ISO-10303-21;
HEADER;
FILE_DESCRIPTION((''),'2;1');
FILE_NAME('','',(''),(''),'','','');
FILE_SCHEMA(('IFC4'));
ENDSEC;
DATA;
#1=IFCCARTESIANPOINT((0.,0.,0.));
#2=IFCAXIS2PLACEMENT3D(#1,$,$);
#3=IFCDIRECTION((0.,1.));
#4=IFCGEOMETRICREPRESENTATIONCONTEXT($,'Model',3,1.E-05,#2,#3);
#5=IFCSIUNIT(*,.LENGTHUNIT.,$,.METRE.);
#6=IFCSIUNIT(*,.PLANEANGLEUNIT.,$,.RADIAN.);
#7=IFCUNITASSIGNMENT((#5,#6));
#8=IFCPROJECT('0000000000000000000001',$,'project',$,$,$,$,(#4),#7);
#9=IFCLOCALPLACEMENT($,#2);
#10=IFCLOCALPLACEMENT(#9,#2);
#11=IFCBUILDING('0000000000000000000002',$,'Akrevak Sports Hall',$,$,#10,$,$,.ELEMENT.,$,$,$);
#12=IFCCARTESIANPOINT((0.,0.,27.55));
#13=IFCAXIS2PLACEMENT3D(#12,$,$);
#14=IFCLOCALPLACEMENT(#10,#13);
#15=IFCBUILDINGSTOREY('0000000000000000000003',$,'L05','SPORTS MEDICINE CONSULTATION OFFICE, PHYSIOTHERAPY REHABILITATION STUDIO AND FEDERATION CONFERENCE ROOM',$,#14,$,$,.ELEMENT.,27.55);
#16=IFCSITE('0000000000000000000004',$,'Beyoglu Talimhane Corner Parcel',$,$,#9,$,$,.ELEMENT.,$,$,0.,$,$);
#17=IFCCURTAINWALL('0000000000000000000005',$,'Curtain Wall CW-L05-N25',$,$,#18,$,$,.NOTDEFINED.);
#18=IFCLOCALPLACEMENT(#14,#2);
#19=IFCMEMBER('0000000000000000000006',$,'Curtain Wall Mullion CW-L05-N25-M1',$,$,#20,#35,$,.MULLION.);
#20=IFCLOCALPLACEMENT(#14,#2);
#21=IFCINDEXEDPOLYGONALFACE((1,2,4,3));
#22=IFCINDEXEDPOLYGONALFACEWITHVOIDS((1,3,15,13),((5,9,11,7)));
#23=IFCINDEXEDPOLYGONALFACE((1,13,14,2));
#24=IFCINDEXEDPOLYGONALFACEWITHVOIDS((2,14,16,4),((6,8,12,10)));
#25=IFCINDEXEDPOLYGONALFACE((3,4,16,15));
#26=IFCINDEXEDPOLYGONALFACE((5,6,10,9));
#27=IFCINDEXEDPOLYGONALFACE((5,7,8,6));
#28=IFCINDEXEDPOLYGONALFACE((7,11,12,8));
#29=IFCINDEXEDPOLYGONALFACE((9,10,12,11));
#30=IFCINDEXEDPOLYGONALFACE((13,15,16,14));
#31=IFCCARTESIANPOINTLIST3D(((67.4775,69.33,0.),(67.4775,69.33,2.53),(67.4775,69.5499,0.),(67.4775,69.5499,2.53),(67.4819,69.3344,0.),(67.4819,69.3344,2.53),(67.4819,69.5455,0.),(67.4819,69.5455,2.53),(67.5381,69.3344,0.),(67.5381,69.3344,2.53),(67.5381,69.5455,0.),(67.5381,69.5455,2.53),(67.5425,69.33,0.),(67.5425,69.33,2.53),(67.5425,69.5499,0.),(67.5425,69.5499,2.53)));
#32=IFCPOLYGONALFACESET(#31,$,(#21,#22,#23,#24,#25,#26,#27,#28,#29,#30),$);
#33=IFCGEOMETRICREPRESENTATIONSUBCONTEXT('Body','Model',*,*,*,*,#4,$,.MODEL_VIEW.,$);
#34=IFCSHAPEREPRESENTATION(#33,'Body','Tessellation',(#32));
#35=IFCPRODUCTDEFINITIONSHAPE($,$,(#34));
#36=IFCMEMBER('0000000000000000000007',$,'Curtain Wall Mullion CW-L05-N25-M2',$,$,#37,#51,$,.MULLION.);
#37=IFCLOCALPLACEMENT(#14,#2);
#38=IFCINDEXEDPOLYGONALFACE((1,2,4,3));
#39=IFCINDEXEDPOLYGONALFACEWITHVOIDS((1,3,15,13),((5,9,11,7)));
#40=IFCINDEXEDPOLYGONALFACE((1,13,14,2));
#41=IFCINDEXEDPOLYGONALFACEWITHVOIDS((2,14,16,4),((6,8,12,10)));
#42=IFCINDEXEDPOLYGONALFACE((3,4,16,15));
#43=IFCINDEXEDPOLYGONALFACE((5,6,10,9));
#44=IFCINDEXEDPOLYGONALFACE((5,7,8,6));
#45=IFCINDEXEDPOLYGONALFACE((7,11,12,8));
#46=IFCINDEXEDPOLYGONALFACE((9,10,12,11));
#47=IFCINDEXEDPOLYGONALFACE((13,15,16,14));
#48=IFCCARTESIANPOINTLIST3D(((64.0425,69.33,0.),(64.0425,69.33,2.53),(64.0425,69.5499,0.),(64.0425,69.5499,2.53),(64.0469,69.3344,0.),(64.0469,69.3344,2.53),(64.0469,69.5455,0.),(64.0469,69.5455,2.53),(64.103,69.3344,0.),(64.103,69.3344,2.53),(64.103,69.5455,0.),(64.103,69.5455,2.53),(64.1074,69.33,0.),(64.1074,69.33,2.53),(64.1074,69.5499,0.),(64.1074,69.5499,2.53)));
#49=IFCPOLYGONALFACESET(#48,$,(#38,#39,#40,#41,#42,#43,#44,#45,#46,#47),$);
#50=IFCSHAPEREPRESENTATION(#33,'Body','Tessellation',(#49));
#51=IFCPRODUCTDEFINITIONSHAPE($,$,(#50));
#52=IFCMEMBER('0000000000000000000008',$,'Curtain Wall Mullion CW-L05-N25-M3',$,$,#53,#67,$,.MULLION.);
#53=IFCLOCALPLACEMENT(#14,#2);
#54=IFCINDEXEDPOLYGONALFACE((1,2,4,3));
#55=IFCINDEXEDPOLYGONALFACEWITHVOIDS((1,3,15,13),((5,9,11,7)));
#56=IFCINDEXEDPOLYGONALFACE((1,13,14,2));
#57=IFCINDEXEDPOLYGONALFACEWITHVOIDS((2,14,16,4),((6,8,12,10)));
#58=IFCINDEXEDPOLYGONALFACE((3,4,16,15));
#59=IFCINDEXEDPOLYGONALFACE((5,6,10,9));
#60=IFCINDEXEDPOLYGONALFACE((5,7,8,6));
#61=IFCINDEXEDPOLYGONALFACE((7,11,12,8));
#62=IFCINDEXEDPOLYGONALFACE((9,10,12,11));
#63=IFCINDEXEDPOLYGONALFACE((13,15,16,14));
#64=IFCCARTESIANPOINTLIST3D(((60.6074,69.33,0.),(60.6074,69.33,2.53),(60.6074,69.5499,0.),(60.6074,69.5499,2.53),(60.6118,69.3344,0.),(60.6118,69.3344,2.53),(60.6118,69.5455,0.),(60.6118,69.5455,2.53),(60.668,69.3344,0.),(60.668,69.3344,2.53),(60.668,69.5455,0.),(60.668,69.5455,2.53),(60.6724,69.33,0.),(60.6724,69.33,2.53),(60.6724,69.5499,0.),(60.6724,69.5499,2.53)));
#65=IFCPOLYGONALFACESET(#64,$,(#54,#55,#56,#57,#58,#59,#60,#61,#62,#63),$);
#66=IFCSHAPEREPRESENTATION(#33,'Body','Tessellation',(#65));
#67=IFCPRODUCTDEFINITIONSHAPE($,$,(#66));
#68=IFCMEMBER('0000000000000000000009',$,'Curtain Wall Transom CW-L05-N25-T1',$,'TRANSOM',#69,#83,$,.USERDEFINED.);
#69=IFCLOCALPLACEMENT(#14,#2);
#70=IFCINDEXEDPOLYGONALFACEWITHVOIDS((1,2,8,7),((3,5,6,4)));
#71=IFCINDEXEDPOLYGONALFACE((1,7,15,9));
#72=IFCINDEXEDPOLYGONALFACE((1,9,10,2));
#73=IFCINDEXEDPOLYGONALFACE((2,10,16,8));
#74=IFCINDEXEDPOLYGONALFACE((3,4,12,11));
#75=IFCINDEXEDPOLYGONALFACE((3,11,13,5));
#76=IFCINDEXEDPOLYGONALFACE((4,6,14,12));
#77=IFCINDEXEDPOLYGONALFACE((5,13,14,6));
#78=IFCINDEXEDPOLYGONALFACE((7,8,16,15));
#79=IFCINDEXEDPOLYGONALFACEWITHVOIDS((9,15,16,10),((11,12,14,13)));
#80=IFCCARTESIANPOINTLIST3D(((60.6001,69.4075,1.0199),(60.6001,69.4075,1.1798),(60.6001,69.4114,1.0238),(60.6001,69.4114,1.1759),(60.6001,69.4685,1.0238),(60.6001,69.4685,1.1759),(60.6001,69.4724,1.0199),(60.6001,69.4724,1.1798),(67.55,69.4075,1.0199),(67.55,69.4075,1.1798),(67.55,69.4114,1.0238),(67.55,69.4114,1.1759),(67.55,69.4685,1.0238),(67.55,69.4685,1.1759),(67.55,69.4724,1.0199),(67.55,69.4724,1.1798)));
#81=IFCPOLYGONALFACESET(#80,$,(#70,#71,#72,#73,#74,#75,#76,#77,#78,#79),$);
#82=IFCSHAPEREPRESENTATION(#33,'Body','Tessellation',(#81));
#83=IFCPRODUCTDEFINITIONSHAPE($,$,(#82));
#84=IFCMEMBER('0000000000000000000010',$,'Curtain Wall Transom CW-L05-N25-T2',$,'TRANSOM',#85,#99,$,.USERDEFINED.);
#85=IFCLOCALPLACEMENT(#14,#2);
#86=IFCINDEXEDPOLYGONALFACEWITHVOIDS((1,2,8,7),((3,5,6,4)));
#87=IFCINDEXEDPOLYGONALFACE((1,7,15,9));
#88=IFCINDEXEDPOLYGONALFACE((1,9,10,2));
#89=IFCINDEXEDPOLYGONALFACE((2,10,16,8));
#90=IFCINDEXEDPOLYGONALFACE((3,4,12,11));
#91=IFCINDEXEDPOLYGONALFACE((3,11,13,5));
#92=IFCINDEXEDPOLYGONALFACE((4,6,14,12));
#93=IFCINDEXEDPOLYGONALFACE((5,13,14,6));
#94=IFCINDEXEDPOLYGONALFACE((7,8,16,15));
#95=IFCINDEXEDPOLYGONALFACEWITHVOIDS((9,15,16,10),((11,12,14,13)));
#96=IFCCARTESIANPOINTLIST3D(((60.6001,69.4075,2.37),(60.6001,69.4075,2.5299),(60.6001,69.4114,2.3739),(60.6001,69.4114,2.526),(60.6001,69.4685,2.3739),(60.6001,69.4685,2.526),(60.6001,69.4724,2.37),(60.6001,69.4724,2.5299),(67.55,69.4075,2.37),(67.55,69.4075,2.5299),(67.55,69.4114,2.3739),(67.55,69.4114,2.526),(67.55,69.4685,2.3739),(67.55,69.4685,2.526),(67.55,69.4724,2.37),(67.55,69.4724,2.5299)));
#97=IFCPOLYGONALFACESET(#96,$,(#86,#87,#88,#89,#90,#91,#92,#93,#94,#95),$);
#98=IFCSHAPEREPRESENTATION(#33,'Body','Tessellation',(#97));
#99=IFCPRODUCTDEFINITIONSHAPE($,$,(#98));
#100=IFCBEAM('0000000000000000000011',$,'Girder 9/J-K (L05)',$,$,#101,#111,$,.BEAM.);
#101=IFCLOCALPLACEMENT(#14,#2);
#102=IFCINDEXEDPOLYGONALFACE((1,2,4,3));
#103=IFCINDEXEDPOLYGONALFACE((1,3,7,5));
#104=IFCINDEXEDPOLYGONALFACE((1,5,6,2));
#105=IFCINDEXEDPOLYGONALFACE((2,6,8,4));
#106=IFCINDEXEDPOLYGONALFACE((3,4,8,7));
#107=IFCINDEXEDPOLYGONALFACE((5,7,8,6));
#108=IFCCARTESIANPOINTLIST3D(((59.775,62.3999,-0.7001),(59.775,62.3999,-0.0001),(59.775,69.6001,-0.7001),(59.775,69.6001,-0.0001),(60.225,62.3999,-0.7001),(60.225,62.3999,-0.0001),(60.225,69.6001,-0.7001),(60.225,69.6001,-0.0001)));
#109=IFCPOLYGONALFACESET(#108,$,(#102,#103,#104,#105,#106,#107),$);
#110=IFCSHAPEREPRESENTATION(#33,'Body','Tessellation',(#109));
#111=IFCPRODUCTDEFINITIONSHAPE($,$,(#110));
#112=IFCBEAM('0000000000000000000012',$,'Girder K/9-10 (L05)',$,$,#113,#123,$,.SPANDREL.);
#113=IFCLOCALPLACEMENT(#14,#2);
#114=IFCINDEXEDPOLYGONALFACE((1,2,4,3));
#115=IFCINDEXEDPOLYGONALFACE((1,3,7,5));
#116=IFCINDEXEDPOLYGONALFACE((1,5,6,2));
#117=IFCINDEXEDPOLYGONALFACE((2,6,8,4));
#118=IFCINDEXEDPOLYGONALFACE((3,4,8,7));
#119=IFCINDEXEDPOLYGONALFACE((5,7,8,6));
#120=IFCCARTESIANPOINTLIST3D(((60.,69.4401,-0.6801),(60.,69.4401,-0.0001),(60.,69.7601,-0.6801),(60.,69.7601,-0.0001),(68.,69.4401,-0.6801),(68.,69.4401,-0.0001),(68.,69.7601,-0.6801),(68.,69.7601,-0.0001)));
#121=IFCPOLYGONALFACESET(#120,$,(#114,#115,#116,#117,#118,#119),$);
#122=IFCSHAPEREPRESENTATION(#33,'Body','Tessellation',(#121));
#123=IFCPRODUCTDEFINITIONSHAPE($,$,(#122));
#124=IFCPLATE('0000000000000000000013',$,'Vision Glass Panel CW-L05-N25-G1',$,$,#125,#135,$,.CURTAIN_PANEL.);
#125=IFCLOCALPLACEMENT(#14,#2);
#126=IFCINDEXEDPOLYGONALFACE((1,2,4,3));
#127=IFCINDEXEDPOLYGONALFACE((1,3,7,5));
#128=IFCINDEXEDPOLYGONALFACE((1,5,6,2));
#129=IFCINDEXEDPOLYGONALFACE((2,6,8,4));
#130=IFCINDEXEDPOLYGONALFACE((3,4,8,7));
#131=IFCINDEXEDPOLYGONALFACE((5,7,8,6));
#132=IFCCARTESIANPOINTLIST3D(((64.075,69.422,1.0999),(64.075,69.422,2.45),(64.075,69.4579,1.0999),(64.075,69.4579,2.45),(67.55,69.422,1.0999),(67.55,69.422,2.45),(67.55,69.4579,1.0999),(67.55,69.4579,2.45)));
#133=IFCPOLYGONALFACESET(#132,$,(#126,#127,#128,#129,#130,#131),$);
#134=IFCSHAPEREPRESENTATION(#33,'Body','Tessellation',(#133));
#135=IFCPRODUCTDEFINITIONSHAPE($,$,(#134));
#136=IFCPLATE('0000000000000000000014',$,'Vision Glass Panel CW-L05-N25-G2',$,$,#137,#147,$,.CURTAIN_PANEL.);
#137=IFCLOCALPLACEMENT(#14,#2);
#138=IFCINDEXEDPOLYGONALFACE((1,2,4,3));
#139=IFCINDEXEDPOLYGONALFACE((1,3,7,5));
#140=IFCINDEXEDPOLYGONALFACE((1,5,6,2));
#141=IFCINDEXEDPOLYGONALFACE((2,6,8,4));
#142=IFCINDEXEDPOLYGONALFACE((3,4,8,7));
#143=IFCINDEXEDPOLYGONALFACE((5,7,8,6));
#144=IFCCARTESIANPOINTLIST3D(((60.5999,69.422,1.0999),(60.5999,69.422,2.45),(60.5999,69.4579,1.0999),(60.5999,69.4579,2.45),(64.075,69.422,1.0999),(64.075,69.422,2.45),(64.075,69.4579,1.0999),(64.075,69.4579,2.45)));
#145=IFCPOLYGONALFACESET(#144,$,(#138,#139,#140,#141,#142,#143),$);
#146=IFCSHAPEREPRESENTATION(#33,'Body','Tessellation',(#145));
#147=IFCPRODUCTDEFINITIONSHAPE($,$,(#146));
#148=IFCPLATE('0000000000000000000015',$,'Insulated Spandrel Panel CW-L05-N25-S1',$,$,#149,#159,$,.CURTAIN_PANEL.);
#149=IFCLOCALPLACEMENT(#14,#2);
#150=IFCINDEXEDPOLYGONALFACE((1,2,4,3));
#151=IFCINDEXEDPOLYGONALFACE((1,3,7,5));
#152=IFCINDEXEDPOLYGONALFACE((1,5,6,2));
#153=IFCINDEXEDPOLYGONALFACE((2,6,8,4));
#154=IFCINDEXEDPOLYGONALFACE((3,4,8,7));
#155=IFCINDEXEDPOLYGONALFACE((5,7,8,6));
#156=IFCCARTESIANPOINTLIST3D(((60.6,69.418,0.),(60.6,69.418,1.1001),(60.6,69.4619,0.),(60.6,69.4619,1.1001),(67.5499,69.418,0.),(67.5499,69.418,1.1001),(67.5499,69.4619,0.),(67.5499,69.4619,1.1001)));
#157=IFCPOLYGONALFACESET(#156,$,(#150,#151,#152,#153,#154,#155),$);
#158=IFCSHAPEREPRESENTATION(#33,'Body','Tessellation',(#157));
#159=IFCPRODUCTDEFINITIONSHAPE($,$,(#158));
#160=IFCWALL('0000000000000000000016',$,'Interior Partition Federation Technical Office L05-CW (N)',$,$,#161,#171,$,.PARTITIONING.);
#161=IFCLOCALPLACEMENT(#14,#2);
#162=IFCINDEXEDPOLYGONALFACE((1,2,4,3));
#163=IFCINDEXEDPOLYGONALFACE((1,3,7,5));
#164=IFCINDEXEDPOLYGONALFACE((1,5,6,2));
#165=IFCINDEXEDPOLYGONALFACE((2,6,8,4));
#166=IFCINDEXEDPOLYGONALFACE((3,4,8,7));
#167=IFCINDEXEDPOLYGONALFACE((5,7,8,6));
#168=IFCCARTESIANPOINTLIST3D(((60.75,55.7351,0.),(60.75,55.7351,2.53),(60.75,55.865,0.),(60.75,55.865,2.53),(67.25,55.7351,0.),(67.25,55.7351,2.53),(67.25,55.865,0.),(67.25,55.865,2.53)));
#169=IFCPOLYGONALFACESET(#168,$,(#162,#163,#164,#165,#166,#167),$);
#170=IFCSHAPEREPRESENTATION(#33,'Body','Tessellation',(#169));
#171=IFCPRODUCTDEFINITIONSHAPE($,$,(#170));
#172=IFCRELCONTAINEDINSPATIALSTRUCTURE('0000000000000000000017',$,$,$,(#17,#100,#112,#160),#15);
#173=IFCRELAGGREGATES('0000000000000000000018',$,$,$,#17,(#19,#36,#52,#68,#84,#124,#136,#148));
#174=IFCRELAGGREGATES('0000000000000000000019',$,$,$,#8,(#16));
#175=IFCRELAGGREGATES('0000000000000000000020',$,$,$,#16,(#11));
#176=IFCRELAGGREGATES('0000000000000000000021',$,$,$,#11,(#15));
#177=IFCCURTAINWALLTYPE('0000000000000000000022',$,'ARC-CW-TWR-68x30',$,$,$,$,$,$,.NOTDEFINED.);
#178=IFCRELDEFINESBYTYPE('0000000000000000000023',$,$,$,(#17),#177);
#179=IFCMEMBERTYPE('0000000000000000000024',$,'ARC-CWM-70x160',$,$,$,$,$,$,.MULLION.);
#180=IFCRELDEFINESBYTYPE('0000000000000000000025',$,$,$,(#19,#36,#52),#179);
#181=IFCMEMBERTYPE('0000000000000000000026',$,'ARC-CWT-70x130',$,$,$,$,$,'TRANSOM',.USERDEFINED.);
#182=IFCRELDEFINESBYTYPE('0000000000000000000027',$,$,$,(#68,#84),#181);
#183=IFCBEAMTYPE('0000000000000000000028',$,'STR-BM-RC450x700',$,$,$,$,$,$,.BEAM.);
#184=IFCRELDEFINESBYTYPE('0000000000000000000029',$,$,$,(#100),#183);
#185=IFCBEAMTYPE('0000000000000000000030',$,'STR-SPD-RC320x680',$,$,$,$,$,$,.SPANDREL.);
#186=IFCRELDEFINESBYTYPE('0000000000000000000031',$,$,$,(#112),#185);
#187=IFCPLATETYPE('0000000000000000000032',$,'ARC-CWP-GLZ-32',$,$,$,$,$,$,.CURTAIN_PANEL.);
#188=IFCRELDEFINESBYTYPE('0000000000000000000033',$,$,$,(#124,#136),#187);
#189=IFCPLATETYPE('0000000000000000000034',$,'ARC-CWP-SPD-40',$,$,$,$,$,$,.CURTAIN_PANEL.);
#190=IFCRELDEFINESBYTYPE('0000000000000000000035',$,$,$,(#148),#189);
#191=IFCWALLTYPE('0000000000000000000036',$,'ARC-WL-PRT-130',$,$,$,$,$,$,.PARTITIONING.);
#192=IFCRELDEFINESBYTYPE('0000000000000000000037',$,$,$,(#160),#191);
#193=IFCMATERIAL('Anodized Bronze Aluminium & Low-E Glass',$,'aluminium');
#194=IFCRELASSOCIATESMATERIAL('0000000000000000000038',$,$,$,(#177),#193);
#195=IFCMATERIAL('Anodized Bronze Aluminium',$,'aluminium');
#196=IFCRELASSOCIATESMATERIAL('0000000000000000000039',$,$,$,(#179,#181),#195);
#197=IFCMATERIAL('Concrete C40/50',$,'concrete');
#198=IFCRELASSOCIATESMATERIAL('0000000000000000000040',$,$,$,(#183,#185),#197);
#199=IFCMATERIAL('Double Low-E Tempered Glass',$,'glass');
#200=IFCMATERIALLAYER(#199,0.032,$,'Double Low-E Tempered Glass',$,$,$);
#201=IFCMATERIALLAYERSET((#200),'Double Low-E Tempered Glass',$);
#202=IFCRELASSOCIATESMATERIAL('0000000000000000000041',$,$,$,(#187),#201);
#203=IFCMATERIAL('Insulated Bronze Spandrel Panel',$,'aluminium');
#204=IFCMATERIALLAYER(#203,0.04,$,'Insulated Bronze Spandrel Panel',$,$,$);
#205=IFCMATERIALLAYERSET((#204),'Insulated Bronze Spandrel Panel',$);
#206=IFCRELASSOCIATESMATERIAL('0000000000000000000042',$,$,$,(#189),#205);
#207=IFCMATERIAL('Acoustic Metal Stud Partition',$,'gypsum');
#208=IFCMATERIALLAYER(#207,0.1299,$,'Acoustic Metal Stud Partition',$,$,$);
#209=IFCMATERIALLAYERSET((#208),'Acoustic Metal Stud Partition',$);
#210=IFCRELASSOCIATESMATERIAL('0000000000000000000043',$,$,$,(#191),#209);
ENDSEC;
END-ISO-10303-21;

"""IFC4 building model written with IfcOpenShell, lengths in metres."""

from ifc_helpers import new_model, si_unit, direction, frame, frame_2d, origin, origin_2d, place, context, subcontext, project, spatial, rectangle, hollow_rectangle, extrude, material, layer, layer_set, material_profile, profile_set, type_object, element, aggregate, save


model = new_model("IFC4")

# Units and contexts
model_context = context("Model", 3, precision=1e-05, world=origin(), true_north=direction((0.0, 1.0)))
body_context = subcontext(model_context, "Body", "Model", "MODEL_VIEW")
ifc_project = project(units=[si_unit("LENGTHUNIT", "METRE"), si_unit("PLANEANGLEUNIT", "RADIAN")], contexts=[model_context])

# Site, building, storey
site_placement = place(None, origin())
site = spatial("IfcSite", under=ifc_project, at=site_placement, Name="Beyoglu Talimhane Corner Parcel", CompositionType="ELEMENT", RefElevation=0.0)
building_placement = place(site_placement, origin())
building = spatial("IfcBuilding", under=site, at=building_placement, Name="Akrevak Sports Hall", CompositionType="ELEMENT")
storey_placement = place(building_placement, frame((0.0, 0.0, 27.55)))
storey = spatial("IfcBuildingStorey", under=building, at=storey_placement, Name="L05", Description="SPORTS MEDICINE CONSULTATION OFFICE, PHYSIOTHERAPY REHABILITATION STUDIO AND FEDERATION CONFERENCE ROOM", CompositionType="ELEMENT", Elevation=27.55)

# Curtain wall, members
ifc_material_1 = material(Name="Anodized Bronze Aluminium & Low-E Glass", Category="aluminium")
curtain_wall_type = type_object("IfcCurtainWallType", Name="ARC-CW-TWR-68x30", PredefinedType="NOTDEFINED", material=ifc_material_1)
curtain_wall_placement = place(storey_placement, origin())
curtain_wall = element("IfcCurtainWall", 1, at=curtain_wall_placement, inside=storey, type_object=curtain_wall_type, Name="Curtain Wall CW-L05-N25", PredefinedType="NOTDEFINED")
ifc_material_2 = material(Name="Anodized Bronze Aluminium", Category="aluminium")
ifc_material_profile_1 = material_profile(ifc_material_2, hollow_rectangle(XDim=0.0649, YDim=0.22, WallThickness=0.0044, at=origin_2d()), Name="CWM 65x220", Category="aluminium")
ifc_profile_set_1 = profile_set([ifc_material_profile_1], Name="Anodized Bronze Aluminium")
member_type_1 = type_object("IfcMemberType", Name="ARC-CWM-70x160", PredefinedType="MULLION", material=ifc_profile_set_1)
member_1_placement = place(storey_placement, frame((67.51, 69.4399, 0.0), z_axis=(0.0, 0.0, 1.0), x_axis=(-1.0, 0.0, 0.0)))
member_1 = element("IfcMember", 2, at=member_1_placement, type_object=member_type_1, Name="Curtain Wall Mullion CW-L05-N25-M1", PredefinedType="MULLION", context=body_context, shape_type="SweptSolid", body=[
    extrude(hollow_rectangle(XDim=0.0649, YDim=0.22, WallThickness=0.0044, at=origin_2d()), origin(), (0.0, 0.0, 1.0), 2.53),
])
member_2_placement = place(storey_placement, frame((64.075, 69.4399, 0.0), z_axis=(0.0, 0.0, 1.0), x_axis=(-1.0, 0.0, 0.0)))
member_2 = element("IfcMember", 3, at=member_2_placement, type_object=member_type_1, Name="Curtain Wall Mullion CW-L05-N25-M2", PredefinedType="MULLION", context=body_context, shape_type="SweptSolid", body=[
    extrude(hollow_rectangle(XDim=0.0649, YDim=0.22, WallThickness=0.0044, at=origin_2d()), origin(), (0.0, 0.0, 1.0), 2.53),
])
member_3_placement = place(storey_placement, frame((60.6399, 69.4399, 0.0), z_axis=(0.0, 0.0, 1.0), x_axis=(-1.0, 0.0, 0.0)))
member_3 = element("IfcMember", 4, at=member_3_placement, type_object=member_type_1, Name="Curtain Wall Mullion CW-L05-N25-M3", PredefinedType="MULLION", context=body_context, shape_type="SweptSolid", body=[
    extrude(hollow_rectangle(XDim=0.0649, YDim=0.22, WallThickness=0.0044, at=origin_2d()), origin(), (0.0, 0.0, 1.0), 2.53),
])
ifc_material_profile_2 = material_profile(ifc_material_2, hollow_rectangle(XDim=0.0649, YDim=0.1599, WallThickness=0.0039, at=origin_2d()), Name="CWT 65x160", Category="aluminium")
ifc_profile_set_2 = profile_set([ifc_material_profile_2], Name="Anodized Bronze Aluminium")
member_type_2 = type_object("IfcMemberType", Name="ARC-CWT-70x130", ElementType="TRANSOM", PredefinedType="USERDEFINED", material=ifc_profile_set_2)
member_4_placement = place(storey_placement, frame((67.55, 69.4399, 1.0999), z_axis=(-1.0, 0.0, 0.0), x_axis=(0.0, -1.0, 0.0)))
member_4 = element("IfcMember", 5, at=member_4_placement, type_object=member_type_2, Name="Curtain Wall Transom CW-L05-N25-T1", ObjectType="TRANSOM", PredefinedType="USERDEFINED", context=body_context, shape_type="SweptSolid", body=[
    extrude(hollow_rectangle(XDim=0.0649, YDim=0.1599, WallThickness=0.0039, at=origin_2d()), origin(), (0.0, 0.0, 1.0), 6.95),
])
member_5_placement = place(storey_placement, frame((67.55, 69.4399, 2.45), z_axis=(-1.0, 0.0, 0.0), x_axis=(0.0, -1.0, 0.0)))
member_5 = element("IfcMember", 6, at=member_5_placement, type_object=member_type_2, Name="Curtain Wall Transom CW-L05-N25-T2", ObjectType="TRANSOM", PredefinedType="USERDEFINED", context=body_context, shape_type="SweptSolid", body=[
    extrude(hollow_rectangle(XDim=0.0649, YDim=0.1599, WallThickness=0.0039, at=origin_2d()), origin(), (0.0, 0.0, 1.0), 6.95),
])

# Beams
ifc_material_3 = material(Name="Concrete C40/50", Category="concrete")
ifc_material_profile_3 = material_profile(ifc_material_3, rectangle(XDim=0.45, YDim=0.7, at=origin_2d()), Name="BM 450x700", Category="concrete")
ifc_profile_set_3 = profile_set([ifc_material_profile_3], Name="Concrete C40/50")
beam_type_1 = type_object("IfcBeamType", Name="STR-BM-RC450x700", PredefinedType="BEAM", material=ifc_profile_set_3)
beam_1_placement = place(storey_placement, frame((60.0, 62.3999, -0.3501), z_axis=(0.0, 1.0, 0.0), x_axis=(-1.0, 0.0, 0.0)))
element("IfcBeam", 7, at=beam_1_placement, inside=storey, type_object=beam_type_1, Name="Girder 9/J-K (L05)", PredefinedType="BEAM", context=body_context, shape_type="SweptSolid", body=[
    extrude(rectangle(XDim=0.45, YDim=0.7, at=origin_2d()), origin(), (0.0, 0.0, 1.0), 7.2002),
])
ifc_material_profile_4 = material_profile(ifc_material_3, rectangle(XDim=0.3201, YDim=0.6799, at=origin_2d()), Name="SPD 320x680", Category="concrete")
ifc_profile_set_4 = profile_set([ifc_material_profile_4], Name="Concrete C40/50")
beam_type_2 = type_object("IfcBeamType", Name="STR-SPD-RC320x680", PredefinedType="SPANDREL", material=ifc_profile_set_4)
beam_2_placement = place(storey_placement, frame((60.0, 69.6001, -0.3401), z_axis=(1.0, 0.0, 0.0), x_axis=(0.0, 1.0, 0.0)))
element("IfcBeam", 8, at=beam_2_placement, inside=storey, type_object=beam_type_2, Name="Girder K/9-10 (L05)", PredefinedType="SPANDREL", context=body_context, shape_type="SweptSolid", body=[
    extrude(rectangle(XDim=0.3201, YDim=0.6799, at=origin_2d()), origin(), (0.0, 0.0, 1.0), 8.0),
])

# Plates
ifc_material_4 = material(Name="Double Low-E Tempered Glass", Category="glass")
ifc_layer_1 = layer(ifc_material_4, 0.032, Name="Double Low-E Tempered Glass")
ifc_layer_set_1 = layer_set([ifc_layer_1], Name="Double Low-E Tempered Glass")
plate_type_1 = type_object("IfcPlateType", Name="ARC-CWP-GLZ-32", PredefinedType="CURTAIN_PANEL", material=ifc_layer_set_1)
plate_1_placement = place(storey_placement, frame((65.8125, 69.4399, 1.0999), z_axis=(0.0, 0.0, 1.0), x_axis=(-1.0, 0.0, 0.0)))
plate_1 = element("IfcPlate", 9, at=plate_1_placement, type_object=plate_type_1, Name="Vision Glass Panel CW-L05-N25-G1", PredefinedType="CURTAIN_PANEL", context=body_context, shape_type="SweptSolid", body=[
    extrude(rectangle(XDim=3.4751, YDim=0.0359, at=origin_2d()), origin(), (0.0, 0.0, 1.0), 1.3501),
])
plate_2_placement = place(storey_placement, frame((62.3374, 69.4399, 1.0999), z_axis=(0.0, 0.0, 1.0), x_axis=(-1.0, 0.0, 0.0)))
plate_2 = element("IfcPlate", 10, at=plate_2_placement, type_object=plate_type_1, Name="Vision Glass Panel CW-L05-N25-G2", PredefinedType="CURTAIN_PANEL", context=body_context, shape_type="SweptSolid", body=[
    extrude(rectangle(XDim=3.4751, YDim=0.0359, at=origin_2d()), origin(), (0.0, 0.0, 1.0), 1.3501),
])
ifc_material_5 = material(Name="Insulated Bronze Spandrel Panel", Category="aluminium")
ifc_layer_2 = layer(ifc_material_5, 0.04, Name="Insulated Bronze Spandrel Panel")
ifc_layer_set_2 = layer_set([ifc_layer_2], Name="Insulated Bronze Spandrel Panel")
plate_type_2 = type_object("IfcPlateType", Name="ARC-CWP-SPD-40", PredefinedType="CURTAIN_PANEL", material=ifc_layer_set_2)
plate_3_placement = place(storey_placement, frame((64.075, 69.4399, 0.0), z_axis=(0.0, 0.0, 1.0), x_axis=(-1.0, 0.0, 0.0)))
plate_3 = element("IfcPlate", 11, at=plate_3_placement, type_object=plate_type_2, Name="Insulated Spandrel Panel CW-L05-N25-S1", PredefinedType="CURTAIN_PANEL", context=body_context, shape_type="SweptSolid", body=[
    extrude(rectangle(XDim=6.95, YDim=0.0439, at=origin_2d()), origin(), (0.0, 0.0, 1.0), 1.1001),
])
aggregate(curtain_wall, [member_1, member_2, member_3, member_4, member_5, plate_1, plate_2, plate_3])

# Wall
ifc_material_6 = material(Name="Acoustic Metal Stud Partition", Category="gypsum")
ifc_layer_3 = layer(ifc_material_6, 0.1299, Name="Acoustic Metal Stud Partition")
ifc_layer_set_3 = layer_set([ifc_layer_3], Name="Acoustic Metal Stud Partition")
wall_type_1 = type_object("IfcWallType", Name="ARC-WL-PRT-130", PredefinedType="PARTITIONING", material=ifc_layer_set_3)
wall_1_placement = place(storey_placement, frame((60.75, 55.8, 0.0), z_axis=(0.0, 0.0, 1.0), x_axis=(1.0, 0.0, 0.0)))
element("IfcWall", 12, at=wall_1_placement, inside=storey, type_object=wall_type_1, Name="Interior Partition Federation Technical Office L05-CW (N)", PredefinedType="PARTITIONING", context=body_context, shape_type="SweptSolid", body=[
    extrude(rectangle(XDim=6.5, YDim=0.1299, at=frame_2d((3.25, 0.0))), origin(), (0.0, 0.0, 1.0), 2.53),
])

save(model, "model.ifc")
